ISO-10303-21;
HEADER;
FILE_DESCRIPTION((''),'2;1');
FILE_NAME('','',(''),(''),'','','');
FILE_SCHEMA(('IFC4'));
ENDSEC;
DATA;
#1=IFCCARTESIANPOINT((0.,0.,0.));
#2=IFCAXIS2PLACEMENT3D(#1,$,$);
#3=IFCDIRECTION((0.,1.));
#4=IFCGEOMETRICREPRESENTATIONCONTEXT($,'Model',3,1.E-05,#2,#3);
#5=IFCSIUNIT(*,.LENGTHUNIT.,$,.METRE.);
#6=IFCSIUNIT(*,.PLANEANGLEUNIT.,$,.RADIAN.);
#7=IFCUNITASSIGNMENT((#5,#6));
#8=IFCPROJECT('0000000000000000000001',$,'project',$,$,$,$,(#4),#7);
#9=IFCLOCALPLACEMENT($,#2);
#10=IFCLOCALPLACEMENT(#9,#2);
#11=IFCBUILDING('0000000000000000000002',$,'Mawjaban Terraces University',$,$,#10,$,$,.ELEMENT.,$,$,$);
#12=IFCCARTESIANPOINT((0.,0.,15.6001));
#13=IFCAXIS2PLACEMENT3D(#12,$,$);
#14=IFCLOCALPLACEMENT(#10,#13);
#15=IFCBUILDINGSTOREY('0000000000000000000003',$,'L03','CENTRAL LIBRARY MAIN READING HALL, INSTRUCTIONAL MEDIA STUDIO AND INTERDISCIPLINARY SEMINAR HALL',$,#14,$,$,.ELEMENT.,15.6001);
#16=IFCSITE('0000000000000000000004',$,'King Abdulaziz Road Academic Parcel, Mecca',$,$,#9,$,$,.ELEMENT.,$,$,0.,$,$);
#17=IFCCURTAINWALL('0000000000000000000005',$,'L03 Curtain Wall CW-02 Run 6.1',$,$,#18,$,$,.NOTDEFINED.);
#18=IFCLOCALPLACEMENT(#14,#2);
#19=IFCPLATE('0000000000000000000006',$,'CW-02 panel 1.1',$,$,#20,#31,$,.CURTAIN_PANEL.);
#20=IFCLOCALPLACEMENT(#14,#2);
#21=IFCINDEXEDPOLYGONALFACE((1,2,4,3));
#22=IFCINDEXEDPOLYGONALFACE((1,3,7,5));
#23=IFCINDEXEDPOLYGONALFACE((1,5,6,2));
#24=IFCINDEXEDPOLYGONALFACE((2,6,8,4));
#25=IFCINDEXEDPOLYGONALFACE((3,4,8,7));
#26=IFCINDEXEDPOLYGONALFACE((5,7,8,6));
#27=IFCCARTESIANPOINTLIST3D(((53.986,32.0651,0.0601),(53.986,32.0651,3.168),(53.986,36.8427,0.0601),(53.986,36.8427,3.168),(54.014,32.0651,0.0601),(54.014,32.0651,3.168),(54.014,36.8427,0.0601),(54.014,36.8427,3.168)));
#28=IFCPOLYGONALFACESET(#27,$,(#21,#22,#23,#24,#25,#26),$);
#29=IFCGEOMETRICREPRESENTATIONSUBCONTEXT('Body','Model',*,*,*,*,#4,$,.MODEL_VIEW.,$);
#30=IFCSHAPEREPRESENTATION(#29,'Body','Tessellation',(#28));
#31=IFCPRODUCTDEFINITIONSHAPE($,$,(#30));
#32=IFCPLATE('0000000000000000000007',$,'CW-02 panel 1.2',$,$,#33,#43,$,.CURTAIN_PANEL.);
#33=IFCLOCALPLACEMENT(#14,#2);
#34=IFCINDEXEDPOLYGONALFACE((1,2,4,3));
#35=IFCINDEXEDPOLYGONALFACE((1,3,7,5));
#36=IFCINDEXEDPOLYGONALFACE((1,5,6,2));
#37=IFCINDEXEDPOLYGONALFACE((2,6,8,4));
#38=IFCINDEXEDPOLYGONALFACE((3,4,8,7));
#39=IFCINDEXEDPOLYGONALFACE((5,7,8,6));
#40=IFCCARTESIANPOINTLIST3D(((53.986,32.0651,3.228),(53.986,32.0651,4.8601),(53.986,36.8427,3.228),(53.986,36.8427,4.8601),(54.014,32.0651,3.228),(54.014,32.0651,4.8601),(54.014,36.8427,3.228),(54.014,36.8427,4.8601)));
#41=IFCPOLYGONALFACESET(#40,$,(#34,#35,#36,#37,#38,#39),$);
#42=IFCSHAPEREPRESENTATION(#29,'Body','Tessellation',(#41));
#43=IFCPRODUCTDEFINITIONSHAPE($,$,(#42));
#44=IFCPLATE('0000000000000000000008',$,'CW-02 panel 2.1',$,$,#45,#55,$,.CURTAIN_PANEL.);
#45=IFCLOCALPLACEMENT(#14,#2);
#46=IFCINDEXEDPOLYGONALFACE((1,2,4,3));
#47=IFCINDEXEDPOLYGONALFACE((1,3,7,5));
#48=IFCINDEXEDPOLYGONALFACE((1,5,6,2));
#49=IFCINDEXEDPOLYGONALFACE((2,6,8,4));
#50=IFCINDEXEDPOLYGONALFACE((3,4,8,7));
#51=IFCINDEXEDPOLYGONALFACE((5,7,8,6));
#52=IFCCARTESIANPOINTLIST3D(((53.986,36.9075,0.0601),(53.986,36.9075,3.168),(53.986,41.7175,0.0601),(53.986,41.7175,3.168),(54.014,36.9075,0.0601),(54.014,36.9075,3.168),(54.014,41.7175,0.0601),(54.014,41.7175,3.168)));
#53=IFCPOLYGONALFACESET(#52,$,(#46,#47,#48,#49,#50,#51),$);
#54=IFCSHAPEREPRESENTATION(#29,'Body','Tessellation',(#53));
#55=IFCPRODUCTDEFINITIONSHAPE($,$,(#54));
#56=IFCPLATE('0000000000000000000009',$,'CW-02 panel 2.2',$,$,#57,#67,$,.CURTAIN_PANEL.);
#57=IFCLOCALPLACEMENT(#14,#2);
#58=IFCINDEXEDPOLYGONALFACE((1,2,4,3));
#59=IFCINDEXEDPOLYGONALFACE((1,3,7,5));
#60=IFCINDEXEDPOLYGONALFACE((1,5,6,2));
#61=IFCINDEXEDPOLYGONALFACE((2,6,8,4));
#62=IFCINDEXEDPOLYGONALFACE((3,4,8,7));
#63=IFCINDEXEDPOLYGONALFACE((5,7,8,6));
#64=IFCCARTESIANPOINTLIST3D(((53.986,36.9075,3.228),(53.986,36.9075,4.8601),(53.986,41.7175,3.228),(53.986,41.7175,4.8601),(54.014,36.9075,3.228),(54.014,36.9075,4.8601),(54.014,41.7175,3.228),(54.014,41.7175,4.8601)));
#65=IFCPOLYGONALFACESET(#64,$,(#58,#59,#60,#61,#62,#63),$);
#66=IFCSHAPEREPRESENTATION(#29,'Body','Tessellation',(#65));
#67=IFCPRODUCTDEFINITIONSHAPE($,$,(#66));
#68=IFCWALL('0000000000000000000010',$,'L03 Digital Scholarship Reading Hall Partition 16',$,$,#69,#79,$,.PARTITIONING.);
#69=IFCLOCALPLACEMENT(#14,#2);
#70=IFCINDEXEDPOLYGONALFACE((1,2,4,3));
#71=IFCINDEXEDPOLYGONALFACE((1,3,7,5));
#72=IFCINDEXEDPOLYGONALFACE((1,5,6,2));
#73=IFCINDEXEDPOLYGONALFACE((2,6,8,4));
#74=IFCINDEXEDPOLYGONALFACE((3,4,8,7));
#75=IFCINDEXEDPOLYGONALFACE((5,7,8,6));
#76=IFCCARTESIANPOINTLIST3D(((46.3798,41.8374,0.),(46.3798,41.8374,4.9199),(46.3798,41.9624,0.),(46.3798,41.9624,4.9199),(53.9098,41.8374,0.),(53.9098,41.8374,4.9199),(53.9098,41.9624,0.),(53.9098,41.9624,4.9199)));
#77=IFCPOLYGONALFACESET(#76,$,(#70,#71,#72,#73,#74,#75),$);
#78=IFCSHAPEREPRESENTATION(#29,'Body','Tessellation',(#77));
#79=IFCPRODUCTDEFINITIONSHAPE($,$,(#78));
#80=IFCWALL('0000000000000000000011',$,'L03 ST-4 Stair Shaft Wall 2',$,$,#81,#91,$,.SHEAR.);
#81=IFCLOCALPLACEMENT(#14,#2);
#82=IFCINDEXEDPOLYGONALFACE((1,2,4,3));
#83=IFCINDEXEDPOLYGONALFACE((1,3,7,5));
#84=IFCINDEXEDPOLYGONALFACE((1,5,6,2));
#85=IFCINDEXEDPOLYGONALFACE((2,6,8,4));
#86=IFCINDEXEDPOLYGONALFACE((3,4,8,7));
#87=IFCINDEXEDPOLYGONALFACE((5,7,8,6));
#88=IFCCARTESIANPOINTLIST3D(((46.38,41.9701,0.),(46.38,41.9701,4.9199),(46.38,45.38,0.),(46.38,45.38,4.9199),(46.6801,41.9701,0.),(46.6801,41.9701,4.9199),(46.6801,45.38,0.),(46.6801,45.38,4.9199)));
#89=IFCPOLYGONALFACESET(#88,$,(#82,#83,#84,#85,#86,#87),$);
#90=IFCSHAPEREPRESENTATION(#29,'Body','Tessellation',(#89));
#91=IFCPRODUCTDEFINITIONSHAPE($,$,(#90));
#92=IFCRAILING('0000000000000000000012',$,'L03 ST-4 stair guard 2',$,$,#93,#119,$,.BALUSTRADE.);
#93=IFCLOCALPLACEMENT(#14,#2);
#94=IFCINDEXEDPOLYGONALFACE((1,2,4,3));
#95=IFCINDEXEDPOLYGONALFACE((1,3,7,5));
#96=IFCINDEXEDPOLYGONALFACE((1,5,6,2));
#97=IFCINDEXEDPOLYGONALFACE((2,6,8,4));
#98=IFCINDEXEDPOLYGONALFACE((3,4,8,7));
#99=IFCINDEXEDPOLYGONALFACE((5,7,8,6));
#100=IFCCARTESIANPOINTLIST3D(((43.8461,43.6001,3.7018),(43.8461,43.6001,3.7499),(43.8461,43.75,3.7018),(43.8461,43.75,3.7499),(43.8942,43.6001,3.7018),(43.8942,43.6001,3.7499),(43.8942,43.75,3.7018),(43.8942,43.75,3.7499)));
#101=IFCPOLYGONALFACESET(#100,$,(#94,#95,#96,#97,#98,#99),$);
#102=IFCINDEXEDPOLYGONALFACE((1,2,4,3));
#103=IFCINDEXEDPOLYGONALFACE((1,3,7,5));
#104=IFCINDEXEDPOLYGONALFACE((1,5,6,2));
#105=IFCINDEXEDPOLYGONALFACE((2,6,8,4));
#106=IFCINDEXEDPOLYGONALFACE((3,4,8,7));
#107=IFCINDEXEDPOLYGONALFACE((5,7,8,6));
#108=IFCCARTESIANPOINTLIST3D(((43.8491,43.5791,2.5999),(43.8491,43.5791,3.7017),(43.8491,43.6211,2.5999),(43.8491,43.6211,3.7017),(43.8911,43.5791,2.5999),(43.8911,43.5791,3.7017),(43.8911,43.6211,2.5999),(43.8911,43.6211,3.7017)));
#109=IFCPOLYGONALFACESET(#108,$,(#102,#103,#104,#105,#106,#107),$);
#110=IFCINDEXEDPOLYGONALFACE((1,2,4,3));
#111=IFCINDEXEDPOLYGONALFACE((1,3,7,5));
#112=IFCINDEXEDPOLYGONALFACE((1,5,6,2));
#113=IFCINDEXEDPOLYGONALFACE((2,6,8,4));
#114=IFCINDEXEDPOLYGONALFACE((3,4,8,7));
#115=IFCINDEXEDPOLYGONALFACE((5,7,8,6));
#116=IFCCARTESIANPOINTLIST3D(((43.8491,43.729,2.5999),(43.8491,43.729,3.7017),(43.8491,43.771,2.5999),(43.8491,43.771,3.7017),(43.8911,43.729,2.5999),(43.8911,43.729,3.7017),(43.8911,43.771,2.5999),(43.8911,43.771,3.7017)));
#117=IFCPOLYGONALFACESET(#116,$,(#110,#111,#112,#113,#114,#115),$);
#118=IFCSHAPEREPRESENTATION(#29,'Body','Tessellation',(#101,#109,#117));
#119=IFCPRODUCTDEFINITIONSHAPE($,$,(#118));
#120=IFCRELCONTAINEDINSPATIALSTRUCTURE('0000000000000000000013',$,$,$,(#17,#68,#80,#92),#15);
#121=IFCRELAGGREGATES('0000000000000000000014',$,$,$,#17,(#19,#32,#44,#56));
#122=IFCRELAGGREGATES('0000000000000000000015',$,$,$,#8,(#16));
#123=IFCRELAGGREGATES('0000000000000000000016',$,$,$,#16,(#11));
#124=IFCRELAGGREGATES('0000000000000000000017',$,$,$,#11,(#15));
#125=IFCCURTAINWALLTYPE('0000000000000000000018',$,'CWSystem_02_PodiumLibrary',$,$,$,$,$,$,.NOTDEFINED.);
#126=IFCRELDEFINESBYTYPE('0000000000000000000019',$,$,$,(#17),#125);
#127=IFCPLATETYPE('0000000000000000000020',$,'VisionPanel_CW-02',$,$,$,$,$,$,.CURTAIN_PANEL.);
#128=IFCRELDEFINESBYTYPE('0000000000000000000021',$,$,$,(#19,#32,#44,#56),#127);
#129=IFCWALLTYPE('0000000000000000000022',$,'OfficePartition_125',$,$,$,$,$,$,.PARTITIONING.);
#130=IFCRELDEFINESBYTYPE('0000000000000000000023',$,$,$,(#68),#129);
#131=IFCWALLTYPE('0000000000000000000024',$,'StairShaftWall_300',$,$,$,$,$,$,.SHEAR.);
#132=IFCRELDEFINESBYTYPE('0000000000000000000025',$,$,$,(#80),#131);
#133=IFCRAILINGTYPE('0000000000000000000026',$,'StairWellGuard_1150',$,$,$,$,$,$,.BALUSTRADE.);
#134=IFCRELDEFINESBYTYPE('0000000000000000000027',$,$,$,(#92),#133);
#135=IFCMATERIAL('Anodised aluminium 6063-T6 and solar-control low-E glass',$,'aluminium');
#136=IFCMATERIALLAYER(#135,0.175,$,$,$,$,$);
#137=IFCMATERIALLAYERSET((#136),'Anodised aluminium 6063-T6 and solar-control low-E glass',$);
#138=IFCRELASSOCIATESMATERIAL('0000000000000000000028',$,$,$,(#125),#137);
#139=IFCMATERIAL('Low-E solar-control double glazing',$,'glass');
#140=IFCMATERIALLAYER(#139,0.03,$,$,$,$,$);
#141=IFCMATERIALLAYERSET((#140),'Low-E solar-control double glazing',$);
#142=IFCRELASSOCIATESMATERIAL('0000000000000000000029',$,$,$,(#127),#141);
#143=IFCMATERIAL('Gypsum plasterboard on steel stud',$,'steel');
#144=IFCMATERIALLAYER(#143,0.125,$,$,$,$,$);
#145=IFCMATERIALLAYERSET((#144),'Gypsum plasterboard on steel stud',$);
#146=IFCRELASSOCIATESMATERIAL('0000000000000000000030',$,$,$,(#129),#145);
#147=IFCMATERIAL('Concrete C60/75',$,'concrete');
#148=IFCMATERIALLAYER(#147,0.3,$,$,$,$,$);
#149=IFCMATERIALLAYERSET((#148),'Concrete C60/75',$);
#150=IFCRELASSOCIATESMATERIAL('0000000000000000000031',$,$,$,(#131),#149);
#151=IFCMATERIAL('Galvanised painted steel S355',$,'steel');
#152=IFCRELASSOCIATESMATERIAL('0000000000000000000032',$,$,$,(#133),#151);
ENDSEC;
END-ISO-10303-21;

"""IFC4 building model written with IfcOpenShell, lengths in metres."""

from ifc_helpers import new_model, si_unit, direction, frame, frame_2d, origin, origin_2d, place, context, subcontext, project, spatial, rectangle, extrude, material, layer, layer_set, type_object, element, aggregate, save


model = new_model("IFC4")

# Units and contexts
model_context = context("Model", 3, precision=1e-05, world=origin(), true_north=direction((0.0, 1.0)))
body_context = subcontext(model_context, "Body", "Model", "MODEL_VIEW")
ifc_project = project(units=[si_unit("LENGTHUNIT", "METRE"), si_unit("PLANEANGLEUNIT", "RADIAN")], contexts=[model_context])

# Site, building, storey
site_placement = place(None, origin())
site = spatial("IfcSite", under=ifc_project, at=site_placement, Name="King Abdulaziz Road Academic Parcel, Mecca", CompositionType="ELEMENT", RefElevation=0.0)
building_placement = place(site_placement, origin())
building = spatial("IfcBuilding", under=site, at=building_placement, Name="Mawjaban Terraces University", CompositionType="ELEMENT")
storey_placement = place(building_placement, frame((0.0, 0.0, 15.6001)))
storey = spatial("IfcBuildingStorey", under=building, at=storey_placement, Name="L03", Description="CENTRAL LIBRARY MAIN READING HALL, INSTRUCTIONAL MEDIA STUDIO AND INTERDISCIPLINARY SEMINAR HALL", CompositionType="ELEMENT", Elevation=15.6001)

# Curtain wall, plates
ifc_material_1 = material(Name="Anodised aluminium 6063-T6 and solar-control low-E glass", Category="aluminium")
ifc_layer_1 = layer(ifc_material_1, 0.175)
ifc_layer_set_1 = layer_set([ifc_layer_1], Name="Anodised aluminium 6063-T6 and solar-control low-E glass")
curtain_wall_type = type_object("IfcCurtainWallType", Name="CWSystem_02_PodiumLibrary", PredefinedType="NOTDEFINED", material=ifc_layer_set_1)
curtain_wall_placement = place(storey_placement, origin())
curtain_wall = element("IfcCurtainWall", 1, at=curtain_wall_placement, inside=storey, type_object=curtain_wall_type, Name="L03 Curtain Wall CW-02 Run 6.1", PredefinedType="NOTDEFINED")
ifc_material_2 = material(Name="Low-E solar-control double glazing", Category="glass")
ifc_layer_2 = layer(ifc_material_2, 0.03)
ifc_layer_set_2 = layer_set([ifc_layer_2], Name="Low-E solar-control double glazing")
plate_type = type_object("IfcPlateType", Name="VisionPanel_CW-02", PredefinedType="CURTAIN_PANEL", material=ifc_layer_set_2)
plate_1_placement = place(storey_placement, frame((54.0, 34.4539, 0.0601), z_axis=(0.0, 0.0, 1.0), x_axis=(0.0, 1.0, 0.0)))
plate_1 = element("IfcPlate", 2, at=plate_1_placement, type_object=plate_type, Name="CW-02 panel 1.1", PredefinedType="CURTAIN_PANEL", context=body_context, shape_type="SweptSolid", body=[
    extrude(rectangle(XDim=4.7776, YDim=0.0281, at=origin_2d()), origin(), (0.0, 0.0, 1.0), 3.1079),
])
plate_2_placement = place(storey_placement, frame((54.0, 34.4539, 3.228), z_axis=(0.0, 0.0, 1.0), x_axis=(0.0, 1.0, 0.0)))
plate_2 = element("IfcPlate", 3, at=plate_2_placement, type_object=plate_type, Name="CW-02 panel 1.2", PredefinedType="CURTAIN_PANEL", context=body_context, shape_type="SweptSolid", body=[
    extrude(rectangle(XDim=4.7776, YDim=0.0281, at=origin_2d()), origin(), (0.0, 0.0, 1.0), 1.6321),
])
plate_3_placement = place(storey_placement, frame((54.0, 39.3125, 0.0601), z_axis=(0.0, 0.0, 1.0), x_axis=(0.0, 1.0, 0.0)))
plate_3 = element("IfcPlate", 4, at=plate_3_placement, type_object=plate_type, Name="CW-02 panel 2.1", PredefinedType="CURTAIN_PANEL", context=body_context, shape_type="SweptSolid", body=[
    extrude(rectangle(XDim=4.8101, YDim=0.0281, at=origin_2d()), origin(), (0.0, 0.0, 1.0), 3.1079),
])
plate_4_placement = place(storey_placement, frame((54.0, 39.3125, 3.228), z_axis=(0.0, 0.0, 1.0), x_axis=(0.0, 1.0, 0.0)))
plate_4 = element("IfcPlate", 5, at=plate_4_placement, type_object=plate_type, Name="CW-02 panel 2.2", PredefinedType="CURTAIN_PANEL", context=body_context, shape_type="SweptSolid", body=[
    extrude(rectangle(XDim=4.8101, YDim=0.0281, at=origin_2d()), origin(), (0.0, 0.0, 1.0), 1.6321),
])
aggregate(curtain_wall, [plate_1, plate_2, plate_3, plate_4])

# Walls
ifc_material_3 = material(Name="Gypsum plasterboard on steel stud", Category="steel")
ifc_layer_3 = layer(ifc_material_3, 0.125)
ifc_layer_set_3 = layer_set([ifc_layer_3], Name="Gypsum plasterboard on steel stud")
wall_type_1 = type_object("IfcWallType", Name="OfficePartition_125", PredefinedType="PARTITIONING", material=ifc_layer_set_3)
wall_1_placement = place(storey_placement, frame((53.9099, 41.8999, 0.0), z_axis=(0.0, 0.0, 1.0), x_axis=(-1.0, 0.0, 0.0)))
element("IfcWall", 6, at=wall_1_placement, inside=storey, type_object=wall_type_1, Name="L03 Digital Scholarship Reading Hall Partition 16", PredefinedType="PARTITIONING", context=body_context, shape_type="SweptSolid", body=[
    extrude(rectangle(XDim=7.53, YDim=0.125, at=frame_2d((3.7651, 0.0))), origin(), (0.0, 0.0, 1.0), 4.9199),
])
ifc_material_4 = material(Name="Concrete C60/75", Category="concrete")
ifc_layer_4 = layer(ifc_material_4, 0.3)
ifc_layer_set_4 = layer_set([ifc_layer_4], Name="Concrete C60/75")
wall_type_2 = type_object("IfcWallType", Name="StairShaftWall_300", PredefinedType="SHEAR", material=ifc_layer_set_4)
wall_2_placement = place(storey_placement, frame((46.53, 41.97, 0.0), z_axis=(0.0, 0.0, 1.0), x_axis=(0.0, 1.0, 0.0)))
element("IfcWall", 7, at=wall_2_placement, inside=storey, type_object=wall_type_2, Name="L03 ST-4 Stair Shaft Wall 2", PredefinedType="SHEAR", context=body_context, shape_type="SweptSolid", body=[
    extrude(rectangle(XDim=3.4099, YDim=0.3, at=frame_2d((1.7051, 0.0))), origin(), (0.0, 0.0, 1.0), 4.9199),
])

# Railing
ifc_material_5 = material(Name="Galvanised painted steel S355", Category="steel")
railing_type = type_object("IfcRailingType", Name="StairWellGuard_1150", PredefinedType="BALUSTRADE", material=ifc_material_5)
railing_placement = place(storey_placement, frame((43.8701, 43.6001, 2.5999)))
element("IfcRailing", 8, at=railing_placement, inside=storey, type_object=railing_type, Name="L03 ST-4 stair guard 2", PredefinedType="BALUSTRADE", context=body_context, shape_type="SweptSolid", body=[
    extrude(rectangle(XDim=0.0481, YDim=0.0481, at=origin_2d()), frame((0.0, 0.0, 1.126), z_axis=(0.0, 1.0, 0.0), x_axis=(-1.0, 0.0, 0.0)), (0.0, 0.0, 1.0), 0.1499),
    extrude(rectangle(XDim=0.042, YDim=0.042, at=origin_2d()), origin(), (0.0, 0.0, 1.0), 1.1018),
    extrude(rectangle(XDim=0.042, YDim=0.042, at=origin_2d()), frame((0.0, 0.1499, 0.0)), (0.0, 0.0, 1.0), 1.1018),
])

save(model, "model.ifc")
